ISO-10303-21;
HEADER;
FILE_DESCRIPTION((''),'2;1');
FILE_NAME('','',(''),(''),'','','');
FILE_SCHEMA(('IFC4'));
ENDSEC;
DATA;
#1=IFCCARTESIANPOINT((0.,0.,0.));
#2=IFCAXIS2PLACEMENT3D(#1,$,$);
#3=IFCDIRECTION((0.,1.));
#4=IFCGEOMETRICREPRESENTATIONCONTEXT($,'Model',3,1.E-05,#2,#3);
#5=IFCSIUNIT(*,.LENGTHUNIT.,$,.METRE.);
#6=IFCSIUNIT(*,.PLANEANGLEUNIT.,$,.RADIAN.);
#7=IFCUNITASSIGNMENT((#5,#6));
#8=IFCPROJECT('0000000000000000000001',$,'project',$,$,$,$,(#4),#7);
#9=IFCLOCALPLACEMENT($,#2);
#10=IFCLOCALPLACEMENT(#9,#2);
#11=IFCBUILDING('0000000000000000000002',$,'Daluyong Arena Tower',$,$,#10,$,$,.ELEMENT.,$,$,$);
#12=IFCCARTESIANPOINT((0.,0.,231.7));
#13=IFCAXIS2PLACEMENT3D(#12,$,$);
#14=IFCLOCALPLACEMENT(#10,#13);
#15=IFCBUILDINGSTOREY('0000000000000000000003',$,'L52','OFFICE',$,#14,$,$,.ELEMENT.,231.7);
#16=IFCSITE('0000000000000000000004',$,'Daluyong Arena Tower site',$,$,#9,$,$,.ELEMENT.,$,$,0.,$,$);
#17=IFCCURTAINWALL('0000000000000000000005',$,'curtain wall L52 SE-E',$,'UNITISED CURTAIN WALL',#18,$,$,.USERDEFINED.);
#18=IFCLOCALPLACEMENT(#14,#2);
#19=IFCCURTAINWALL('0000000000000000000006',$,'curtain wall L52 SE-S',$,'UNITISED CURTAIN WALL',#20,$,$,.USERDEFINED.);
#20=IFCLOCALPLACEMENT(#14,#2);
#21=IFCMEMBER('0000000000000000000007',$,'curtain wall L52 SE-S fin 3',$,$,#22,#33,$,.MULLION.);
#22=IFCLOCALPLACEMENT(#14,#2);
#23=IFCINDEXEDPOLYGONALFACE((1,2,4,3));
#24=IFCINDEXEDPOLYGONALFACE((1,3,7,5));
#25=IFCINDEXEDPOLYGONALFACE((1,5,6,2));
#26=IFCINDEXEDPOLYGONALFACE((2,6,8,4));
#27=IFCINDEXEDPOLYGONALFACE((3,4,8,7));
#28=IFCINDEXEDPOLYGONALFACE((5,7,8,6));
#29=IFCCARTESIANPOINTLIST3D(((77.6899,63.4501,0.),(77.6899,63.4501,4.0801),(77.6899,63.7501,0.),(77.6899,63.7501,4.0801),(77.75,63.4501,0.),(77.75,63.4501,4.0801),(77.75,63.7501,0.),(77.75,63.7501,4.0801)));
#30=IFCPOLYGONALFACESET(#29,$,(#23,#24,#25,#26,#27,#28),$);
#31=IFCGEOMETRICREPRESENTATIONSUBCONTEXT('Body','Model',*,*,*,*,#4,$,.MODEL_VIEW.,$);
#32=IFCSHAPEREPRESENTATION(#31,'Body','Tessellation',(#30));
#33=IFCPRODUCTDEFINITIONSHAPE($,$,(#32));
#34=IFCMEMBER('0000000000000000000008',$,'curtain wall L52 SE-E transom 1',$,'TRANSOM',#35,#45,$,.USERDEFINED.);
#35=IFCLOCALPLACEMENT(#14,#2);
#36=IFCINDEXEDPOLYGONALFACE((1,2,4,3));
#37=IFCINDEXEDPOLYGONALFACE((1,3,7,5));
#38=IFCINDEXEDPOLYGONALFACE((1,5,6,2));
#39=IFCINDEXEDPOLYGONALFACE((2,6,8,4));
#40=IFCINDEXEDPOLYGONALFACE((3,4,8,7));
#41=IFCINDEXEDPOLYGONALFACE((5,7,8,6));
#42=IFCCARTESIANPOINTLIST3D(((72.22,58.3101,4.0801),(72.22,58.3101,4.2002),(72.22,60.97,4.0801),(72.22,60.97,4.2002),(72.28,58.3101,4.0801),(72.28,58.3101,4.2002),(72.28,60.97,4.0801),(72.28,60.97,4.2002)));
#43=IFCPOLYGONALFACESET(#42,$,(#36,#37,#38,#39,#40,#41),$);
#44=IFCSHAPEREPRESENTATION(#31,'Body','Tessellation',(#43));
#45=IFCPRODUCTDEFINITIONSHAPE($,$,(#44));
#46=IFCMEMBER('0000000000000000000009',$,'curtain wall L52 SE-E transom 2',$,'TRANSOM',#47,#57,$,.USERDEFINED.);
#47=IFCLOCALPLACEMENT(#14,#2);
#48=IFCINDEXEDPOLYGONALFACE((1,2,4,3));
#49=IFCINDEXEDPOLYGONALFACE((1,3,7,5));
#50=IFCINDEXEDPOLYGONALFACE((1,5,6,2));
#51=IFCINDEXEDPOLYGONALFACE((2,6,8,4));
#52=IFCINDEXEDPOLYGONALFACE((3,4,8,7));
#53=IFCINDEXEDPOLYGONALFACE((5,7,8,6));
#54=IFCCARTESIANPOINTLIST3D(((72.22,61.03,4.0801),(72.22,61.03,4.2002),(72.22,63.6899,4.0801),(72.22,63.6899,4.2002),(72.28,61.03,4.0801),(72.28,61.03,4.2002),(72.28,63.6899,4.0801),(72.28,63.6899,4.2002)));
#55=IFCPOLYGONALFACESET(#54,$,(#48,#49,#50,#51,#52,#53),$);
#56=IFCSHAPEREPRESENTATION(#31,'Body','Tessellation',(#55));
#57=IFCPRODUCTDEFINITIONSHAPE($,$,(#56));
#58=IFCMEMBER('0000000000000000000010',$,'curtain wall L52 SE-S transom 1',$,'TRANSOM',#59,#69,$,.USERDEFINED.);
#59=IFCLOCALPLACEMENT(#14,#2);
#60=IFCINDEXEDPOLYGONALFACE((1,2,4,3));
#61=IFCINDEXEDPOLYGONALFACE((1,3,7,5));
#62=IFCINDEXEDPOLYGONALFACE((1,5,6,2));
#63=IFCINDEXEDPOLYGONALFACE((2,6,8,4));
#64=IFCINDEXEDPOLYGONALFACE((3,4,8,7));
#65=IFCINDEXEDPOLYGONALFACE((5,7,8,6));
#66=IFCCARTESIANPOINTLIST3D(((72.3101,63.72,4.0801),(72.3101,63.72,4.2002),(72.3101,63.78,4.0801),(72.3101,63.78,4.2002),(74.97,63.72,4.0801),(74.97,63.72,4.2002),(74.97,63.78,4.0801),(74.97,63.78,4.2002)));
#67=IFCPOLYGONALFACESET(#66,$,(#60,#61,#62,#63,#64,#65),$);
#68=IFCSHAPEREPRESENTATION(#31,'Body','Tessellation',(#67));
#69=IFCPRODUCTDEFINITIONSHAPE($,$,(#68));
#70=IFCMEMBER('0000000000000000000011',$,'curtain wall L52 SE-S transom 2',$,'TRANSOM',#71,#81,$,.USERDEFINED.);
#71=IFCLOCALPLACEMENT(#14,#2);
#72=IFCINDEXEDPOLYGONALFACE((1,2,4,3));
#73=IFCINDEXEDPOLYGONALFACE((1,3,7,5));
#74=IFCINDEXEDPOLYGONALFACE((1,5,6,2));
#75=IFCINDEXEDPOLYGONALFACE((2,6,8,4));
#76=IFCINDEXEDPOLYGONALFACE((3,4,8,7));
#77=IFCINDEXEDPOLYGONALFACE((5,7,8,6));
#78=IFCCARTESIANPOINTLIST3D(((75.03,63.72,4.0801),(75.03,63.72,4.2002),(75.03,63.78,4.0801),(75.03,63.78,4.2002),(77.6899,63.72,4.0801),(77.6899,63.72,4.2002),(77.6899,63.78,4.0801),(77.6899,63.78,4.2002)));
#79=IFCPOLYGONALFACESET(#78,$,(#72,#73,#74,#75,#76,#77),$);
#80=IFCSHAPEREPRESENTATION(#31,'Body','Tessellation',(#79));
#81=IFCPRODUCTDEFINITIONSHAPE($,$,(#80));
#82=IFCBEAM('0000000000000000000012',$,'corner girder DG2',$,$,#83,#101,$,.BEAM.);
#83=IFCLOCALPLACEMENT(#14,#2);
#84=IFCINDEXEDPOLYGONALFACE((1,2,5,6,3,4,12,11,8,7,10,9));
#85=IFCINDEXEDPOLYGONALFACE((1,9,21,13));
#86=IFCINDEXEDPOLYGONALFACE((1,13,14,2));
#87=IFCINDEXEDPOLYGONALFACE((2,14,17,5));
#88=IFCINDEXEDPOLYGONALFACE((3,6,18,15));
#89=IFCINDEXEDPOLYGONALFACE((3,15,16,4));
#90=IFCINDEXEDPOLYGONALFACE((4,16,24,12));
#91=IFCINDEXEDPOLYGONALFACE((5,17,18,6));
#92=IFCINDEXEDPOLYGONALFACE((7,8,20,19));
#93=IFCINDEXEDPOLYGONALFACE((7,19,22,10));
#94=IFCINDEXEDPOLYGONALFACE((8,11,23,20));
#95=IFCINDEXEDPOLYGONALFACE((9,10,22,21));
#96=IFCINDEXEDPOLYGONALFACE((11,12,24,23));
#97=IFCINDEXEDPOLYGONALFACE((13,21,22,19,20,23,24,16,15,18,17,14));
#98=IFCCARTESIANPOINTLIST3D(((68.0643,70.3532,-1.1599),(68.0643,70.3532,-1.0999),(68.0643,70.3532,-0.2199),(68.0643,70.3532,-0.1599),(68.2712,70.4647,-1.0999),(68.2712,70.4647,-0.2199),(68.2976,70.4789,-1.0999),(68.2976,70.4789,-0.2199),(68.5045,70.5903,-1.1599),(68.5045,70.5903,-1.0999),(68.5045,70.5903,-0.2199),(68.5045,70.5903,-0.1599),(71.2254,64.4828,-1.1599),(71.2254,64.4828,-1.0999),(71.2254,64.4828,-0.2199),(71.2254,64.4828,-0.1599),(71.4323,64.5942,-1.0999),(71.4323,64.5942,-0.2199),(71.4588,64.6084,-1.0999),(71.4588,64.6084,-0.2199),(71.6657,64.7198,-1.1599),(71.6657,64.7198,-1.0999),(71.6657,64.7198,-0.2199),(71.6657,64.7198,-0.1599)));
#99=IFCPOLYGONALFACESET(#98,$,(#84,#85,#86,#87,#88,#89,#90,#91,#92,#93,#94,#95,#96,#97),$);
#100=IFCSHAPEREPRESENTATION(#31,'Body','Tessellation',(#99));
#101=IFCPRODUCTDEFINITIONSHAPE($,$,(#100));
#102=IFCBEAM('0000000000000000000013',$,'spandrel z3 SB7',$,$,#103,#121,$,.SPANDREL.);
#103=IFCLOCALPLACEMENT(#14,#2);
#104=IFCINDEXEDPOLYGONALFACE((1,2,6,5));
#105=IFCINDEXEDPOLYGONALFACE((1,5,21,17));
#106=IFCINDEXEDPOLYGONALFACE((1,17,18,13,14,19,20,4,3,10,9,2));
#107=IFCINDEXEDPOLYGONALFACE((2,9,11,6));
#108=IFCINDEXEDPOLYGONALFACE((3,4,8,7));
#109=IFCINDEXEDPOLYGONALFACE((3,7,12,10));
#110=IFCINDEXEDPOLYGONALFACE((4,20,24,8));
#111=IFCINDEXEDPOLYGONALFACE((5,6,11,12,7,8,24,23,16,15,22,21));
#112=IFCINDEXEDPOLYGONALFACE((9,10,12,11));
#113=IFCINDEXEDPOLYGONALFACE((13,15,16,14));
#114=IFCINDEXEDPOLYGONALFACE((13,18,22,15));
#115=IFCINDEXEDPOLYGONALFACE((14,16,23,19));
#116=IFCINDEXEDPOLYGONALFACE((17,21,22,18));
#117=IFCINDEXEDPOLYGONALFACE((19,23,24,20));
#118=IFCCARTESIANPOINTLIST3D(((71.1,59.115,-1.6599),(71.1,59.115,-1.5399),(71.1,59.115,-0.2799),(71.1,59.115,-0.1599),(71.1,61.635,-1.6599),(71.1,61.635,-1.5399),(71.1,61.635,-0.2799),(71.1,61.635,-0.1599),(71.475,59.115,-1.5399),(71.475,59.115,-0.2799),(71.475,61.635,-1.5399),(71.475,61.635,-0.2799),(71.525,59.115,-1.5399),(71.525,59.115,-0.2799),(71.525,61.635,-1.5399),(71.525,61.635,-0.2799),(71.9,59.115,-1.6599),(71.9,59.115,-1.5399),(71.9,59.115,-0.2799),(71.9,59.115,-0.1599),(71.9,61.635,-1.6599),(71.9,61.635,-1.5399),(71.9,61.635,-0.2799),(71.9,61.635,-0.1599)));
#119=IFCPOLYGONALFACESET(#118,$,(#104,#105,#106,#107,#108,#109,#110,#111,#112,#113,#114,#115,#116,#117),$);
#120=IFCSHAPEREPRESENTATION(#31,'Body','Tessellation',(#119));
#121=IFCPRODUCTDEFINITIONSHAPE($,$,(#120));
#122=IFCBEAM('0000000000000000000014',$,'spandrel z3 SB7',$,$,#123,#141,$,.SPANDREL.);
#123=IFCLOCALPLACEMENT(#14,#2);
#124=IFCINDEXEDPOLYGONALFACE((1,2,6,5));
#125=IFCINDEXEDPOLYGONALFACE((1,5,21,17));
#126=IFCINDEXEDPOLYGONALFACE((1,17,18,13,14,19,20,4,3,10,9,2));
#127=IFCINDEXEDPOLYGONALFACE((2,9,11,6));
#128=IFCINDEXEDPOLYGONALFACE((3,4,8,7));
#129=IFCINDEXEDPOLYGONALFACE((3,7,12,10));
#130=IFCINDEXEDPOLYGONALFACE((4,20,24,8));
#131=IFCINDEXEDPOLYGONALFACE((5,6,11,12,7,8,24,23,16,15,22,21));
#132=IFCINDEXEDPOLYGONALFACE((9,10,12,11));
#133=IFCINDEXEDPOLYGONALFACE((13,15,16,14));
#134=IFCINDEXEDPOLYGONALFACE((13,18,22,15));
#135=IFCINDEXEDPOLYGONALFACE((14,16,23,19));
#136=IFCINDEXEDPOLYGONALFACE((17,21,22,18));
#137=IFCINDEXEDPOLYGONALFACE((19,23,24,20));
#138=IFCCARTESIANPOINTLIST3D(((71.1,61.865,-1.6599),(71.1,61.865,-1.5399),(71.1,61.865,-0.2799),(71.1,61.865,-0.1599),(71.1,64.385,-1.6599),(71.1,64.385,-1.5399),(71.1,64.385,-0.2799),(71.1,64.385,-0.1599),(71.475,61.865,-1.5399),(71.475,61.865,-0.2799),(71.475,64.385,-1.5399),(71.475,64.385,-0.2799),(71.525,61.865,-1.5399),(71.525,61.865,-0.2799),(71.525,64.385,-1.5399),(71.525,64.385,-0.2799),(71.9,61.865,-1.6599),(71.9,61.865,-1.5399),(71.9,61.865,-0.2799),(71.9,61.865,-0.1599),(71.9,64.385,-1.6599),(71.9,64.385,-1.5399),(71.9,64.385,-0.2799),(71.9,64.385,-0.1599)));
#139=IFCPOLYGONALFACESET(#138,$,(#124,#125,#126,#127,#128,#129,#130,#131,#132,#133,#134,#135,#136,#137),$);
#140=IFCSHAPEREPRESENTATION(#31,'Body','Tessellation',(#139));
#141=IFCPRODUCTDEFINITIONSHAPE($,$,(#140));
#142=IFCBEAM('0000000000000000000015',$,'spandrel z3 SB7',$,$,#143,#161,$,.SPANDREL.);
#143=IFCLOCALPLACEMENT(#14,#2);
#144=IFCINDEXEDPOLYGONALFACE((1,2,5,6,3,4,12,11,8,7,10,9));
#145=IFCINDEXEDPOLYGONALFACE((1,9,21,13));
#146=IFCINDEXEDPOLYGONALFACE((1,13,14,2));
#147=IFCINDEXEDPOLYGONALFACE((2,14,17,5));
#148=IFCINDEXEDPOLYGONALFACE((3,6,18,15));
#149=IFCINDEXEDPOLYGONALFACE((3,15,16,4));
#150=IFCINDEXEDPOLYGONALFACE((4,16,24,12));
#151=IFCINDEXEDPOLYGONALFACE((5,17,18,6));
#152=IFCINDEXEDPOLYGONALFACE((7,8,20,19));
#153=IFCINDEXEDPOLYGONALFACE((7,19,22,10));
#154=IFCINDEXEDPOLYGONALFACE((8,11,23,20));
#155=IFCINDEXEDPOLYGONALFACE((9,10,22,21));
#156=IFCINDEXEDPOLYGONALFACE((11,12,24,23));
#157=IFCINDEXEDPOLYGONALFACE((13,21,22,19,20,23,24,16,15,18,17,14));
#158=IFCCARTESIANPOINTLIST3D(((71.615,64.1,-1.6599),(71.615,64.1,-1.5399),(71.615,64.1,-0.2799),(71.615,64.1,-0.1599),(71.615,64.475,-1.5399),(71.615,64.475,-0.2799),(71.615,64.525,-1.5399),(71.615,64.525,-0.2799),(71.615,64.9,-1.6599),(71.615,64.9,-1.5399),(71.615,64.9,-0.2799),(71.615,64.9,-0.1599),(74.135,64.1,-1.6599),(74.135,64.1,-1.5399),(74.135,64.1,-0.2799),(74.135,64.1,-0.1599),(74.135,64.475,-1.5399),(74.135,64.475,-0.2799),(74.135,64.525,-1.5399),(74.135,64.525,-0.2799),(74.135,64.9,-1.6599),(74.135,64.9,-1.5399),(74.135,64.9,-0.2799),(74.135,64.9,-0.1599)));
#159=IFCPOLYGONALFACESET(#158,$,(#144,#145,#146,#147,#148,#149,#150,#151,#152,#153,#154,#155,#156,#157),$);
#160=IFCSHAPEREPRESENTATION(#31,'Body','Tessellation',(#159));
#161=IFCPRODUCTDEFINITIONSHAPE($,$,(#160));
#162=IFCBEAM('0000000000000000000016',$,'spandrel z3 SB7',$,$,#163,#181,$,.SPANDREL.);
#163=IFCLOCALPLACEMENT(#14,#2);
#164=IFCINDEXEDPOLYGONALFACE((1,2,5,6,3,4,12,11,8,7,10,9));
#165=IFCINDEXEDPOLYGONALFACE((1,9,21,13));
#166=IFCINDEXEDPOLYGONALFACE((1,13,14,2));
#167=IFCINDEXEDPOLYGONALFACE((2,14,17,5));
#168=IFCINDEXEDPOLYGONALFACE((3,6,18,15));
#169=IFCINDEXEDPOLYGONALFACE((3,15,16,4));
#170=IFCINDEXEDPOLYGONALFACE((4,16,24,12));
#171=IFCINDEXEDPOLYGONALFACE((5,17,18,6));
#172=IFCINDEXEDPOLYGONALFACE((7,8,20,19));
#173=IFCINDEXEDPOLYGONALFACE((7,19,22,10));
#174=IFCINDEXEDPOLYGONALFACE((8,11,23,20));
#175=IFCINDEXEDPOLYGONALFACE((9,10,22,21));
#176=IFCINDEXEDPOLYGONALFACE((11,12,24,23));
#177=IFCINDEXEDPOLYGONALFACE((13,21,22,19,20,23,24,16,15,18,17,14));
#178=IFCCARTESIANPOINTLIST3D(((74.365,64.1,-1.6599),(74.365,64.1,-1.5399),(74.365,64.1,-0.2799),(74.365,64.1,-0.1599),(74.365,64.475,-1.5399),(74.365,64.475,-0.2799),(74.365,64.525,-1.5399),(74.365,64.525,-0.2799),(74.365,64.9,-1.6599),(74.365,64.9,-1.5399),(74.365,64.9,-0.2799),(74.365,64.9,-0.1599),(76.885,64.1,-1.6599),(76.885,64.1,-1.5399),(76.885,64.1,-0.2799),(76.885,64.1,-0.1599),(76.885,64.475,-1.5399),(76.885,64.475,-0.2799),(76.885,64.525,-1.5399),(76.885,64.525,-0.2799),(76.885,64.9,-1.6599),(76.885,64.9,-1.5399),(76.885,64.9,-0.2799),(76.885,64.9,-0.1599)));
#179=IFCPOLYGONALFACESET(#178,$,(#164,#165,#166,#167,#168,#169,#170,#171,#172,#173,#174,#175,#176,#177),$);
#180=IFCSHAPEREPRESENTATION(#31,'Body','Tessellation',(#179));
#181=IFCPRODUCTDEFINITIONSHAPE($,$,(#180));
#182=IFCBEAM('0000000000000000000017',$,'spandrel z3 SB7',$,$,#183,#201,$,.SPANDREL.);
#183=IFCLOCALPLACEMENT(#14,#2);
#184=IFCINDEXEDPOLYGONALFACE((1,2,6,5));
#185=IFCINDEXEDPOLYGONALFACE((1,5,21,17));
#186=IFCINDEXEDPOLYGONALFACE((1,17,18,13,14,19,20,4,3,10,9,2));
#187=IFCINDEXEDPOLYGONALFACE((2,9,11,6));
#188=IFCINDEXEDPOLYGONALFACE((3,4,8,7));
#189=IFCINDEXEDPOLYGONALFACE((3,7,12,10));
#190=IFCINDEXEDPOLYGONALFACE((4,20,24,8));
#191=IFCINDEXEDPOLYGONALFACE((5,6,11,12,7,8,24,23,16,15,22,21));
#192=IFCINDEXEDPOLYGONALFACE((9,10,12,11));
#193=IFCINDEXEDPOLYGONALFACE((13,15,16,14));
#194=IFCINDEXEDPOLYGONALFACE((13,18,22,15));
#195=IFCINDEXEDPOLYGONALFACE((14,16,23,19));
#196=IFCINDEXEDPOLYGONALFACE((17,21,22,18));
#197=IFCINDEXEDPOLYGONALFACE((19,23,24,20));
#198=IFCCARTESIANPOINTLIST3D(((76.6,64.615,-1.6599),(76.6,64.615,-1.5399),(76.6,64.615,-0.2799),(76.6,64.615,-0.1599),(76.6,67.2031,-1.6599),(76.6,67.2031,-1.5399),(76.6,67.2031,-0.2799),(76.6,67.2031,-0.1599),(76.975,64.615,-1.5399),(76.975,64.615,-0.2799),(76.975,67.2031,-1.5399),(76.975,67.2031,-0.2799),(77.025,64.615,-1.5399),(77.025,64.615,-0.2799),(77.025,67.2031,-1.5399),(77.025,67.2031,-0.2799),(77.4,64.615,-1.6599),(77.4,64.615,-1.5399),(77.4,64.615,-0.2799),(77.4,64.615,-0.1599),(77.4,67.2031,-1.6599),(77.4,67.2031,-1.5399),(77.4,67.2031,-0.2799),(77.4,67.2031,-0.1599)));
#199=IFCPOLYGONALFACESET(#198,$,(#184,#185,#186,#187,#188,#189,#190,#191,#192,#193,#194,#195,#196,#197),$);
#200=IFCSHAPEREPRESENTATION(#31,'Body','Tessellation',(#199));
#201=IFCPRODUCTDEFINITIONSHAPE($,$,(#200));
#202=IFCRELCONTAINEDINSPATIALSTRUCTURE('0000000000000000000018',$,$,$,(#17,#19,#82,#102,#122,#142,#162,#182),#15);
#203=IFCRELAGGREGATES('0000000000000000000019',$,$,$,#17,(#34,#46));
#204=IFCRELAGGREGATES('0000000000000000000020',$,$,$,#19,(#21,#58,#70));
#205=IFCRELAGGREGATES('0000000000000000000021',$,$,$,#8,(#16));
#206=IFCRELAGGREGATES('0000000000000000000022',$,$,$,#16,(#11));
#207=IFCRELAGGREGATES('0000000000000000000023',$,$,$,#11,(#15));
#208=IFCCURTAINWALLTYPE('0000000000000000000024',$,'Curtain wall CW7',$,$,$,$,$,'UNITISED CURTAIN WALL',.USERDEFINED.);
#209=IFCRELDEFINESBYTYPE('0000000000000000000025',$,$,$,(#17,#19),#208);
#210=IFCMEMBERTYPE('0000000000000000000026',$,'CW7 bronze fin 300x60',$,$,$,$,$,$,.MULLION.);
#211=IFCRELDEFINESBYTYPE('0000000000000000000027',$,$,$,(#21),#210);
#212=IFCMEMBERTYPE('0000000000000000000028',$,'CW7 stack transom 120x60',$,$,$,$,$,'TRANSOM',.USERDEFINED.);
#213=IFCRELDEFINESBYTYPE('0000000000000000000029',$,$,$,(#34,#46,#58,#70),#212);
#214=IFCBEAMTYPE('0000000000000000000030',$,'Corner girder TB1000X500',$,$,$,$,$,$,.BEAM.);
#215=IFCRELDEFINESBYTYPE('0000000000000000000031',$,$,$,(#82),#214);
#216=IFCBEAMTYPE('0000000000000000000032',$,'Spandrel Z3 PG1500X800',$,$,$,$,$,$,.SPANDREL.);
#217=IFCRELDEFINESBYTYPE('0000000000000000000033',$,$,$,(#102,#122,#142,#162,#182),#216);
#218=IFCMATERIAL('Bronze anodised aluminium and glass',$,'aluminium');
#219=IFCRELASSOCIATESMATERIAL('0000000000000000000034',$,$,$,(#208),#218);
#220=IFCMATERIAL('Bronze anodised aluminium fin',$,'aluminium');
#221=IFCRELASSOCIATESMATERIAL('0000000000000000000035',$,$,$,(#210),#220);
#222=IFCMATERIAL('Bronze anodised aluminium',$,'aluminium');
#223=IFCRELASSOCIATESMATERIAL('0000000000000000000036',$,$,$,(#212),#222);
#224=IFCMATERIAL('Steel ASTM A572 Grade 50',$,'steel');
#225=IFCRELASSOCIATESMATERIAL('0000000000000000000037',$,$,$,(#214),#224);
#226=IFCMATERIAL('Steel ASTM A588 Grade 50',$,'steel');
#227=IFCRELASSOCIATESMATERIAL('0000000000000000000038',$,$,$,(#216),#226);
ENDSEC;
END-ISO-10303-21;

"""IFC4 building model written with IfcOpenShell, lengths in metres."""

from ifc_helpers import new_model, si_unit, direction, frame, origin, origin_2d, place, context, subcontext, project, spatial, rectangle, i_section, extrude, material, material_profile, profile_set, type_object, element, aggregate, save


model = new_model("IFC4")

# Units and contexts
model_context = context("Model", 3, precision=1e-05, world=origin(), true_north=direction((0.0, 1.0)))
body_context = subcontext(model_context, "Body", "Model", "MODEL_VIEW")
ifc_project = project(units=[si_unit("LENGTHUNIT", "METRE"), si_unit("PLANEANGLEUNIT", "RADIAN")], contexts=[model_context])

# Site, building, storey
site_placement = place(None, origin())
site = spatial("IfcSite", under=ifc_project, at=site_placement, Name="Daluyong Arena Tower site", CompositionType="ELEMENT", RefElevation=0.0)
building_placement = place(site_placement, origin())
building = spatial("IfcBuilding", under=site, at=building_placement, Name="Daluyong Arena Tower", CompositionType="ELEMENT")
storey_placement = place(building_placement, frame((0.0, 0.0, 231.7)))
storey = spatial("IfcBuildingStorey", under=building, at=storey_placement, Name="L52", Description="OFFICE", CompositionType="ELEMENT", Elevation=231.7)

# Curtain walls, member
ifc_material_1 = material(Name="Bronze anodised aluminium and glass", Category="aluminium")
curtain_wall_type_1 = type_object("IfcCurtainWallType", Name="Curtain wall CW7", ElementType="UNITISED CURTAIN WALL", PredefinedType="USERDEFINED", material=ifc_material_1)
curtain_wall_1_placement = place(storey_placement, origin())
curtain_wall_1 = element("IfcCurtainWall", 1, at=curtain_wall_1_placement, inside=storey, type_object=curtain_wall_type_1, Name="curtain wall L52 SE-E", ObjectType="UNITISED CURTAIN WALL", PredefinedType="USERDEFINED")
ifc_material_2 = material(Name="Bronze anodised aluminium fin", Category="aluminium")
ifc_material_profile_1 = material_profile(ifc_material_2, rectangle(XDim=0.3, YDim=0.0601, at=origin_2d()))
ifc_profile_set_1 = profile_set([ifc_material_profile_1], Name="Bronze anodised aluminium fin")
member_type_1 = type_object("IfcMemberType", Name="CW7 bronze fin 300x60", PredefinedType="MULLION", material=ifc_profile_set_1)
curtain_wall_2_placement = place(storey_placement, origin())
curtain_wall_2 = element("IfcCurtainWall", 2, at=curtain_wall_2_placement, inside=storey, type_object=curtain_wall_type_1, Name="curtain wall L52 SE-S", ObjectType="UNITISED CURTAIN WALL", PredefinedType="USERDEFINED")
member_1_placement = place(storey_placement, frame((77.72, 63.6001, 0.0), z_axis=(0.0, 0.0, 1.0), x_axis=(0.0, 1.0, 0.0)))
member_1 = element("IfcMember", 3, at=member_1_placement, type_object=member_type_1, Name="curtain wall L52 SE-S fin 3", PredefinedType="MULLION", context=body_context, shape_type="SweptSolid", body=[
    extrude(rectangle(XDim=0.3, YDim=0.0601, at=origin_2d()), origin(), (0.0, 0.0, 1.0), 4.0801),
])

# Members
ifc_material_3 = material(Name="Bronze anodised aluminium", Category="aluminium")
ifc_material_profile_2 = material_profile(ifc_material_3, rectangle(XDim=0.0601, YDim=0.1201, at=origin_2d()))
ifc_profile_set_2 = profile_set([ifc_material_profile_2], Name="Bronze anodised aluminium")
member_type_2 = type_object("IfcMemberType", Name="CW7 stack transom 120x60", ElementType="TRANSOM", PredefinedType="USERDEFINED", material=ifc_profile_set_2)
member_2_placement = place(storey_placement, frame((72.25, 58.3101, 4.1401), z_axis=(0.0, 1.0, 0.0), x_axis=(-1.0, 0.0, 0.0)))
member_2 = element("IfcMember", 4, at=member_2_placement, type_object=member_type_2, Name="curtain wall L52 SE-E transom 1", ObjectType="TRANSOM", PredefinedType="USERDEFINED", context=body_context, shape_type="SweptSolid", body=[
    extrude(rectangle(XDim=0.0601, YDim=0.1201, at=origin_2d()), origin(), (0.0, 0.0, 1.0), 2.6599),
])
member_3_placement = place(storey_placement, frame((72.25, 61.03, 4.1401), z_axis=(0.0, 1.0, 0.0), x_axis=(-1.0, 0.0, 0.0)))
member_3 = element("IfcMember", 5, at=member_3_placement, type_object=member_type_2, Name="curtain wall L52 SE-E transom 2", ObjectType="TRANSOM", PredefinedType="USERDEFINED", context=body_context, shape_type="SweptSolid", body=[
    extrude(rectangle(XDim=0.0601, YDim=0.1201, at=origin_2d()), origin(), (0.0, 0.0, 1.0), 2.6599),
])
member_4_placement = place(storey_placement, frame((72.3101, 63.75, 4.1401), z_axis=(1.0, 0.0, 0.0), x_axis=(0.0, 1.0, 0.0)))
member_4 = element("IfcMember", 6, at=member_4_placement, type_object=member_type_2, Name="curtain wall L52 SE-S transom 1", ObjectType="TRANSOM", PredefinedType="USERDEFINED", context=body_context, shape_type="SweptSolid", body=[
    extrude(rectangle(XDim=0.0601, YDim=0.1201, at=origin_2d()), origin(), (0.0, 0.0, 1.0), 2.6599),
])
member_5_placement = place(storey_placement, frame((75.03, 63.75, 4.1401), z_axis=(1.0, 0.0, 0.0), x_axis=(0.0, 1.0, 0.0)))
member_5 = element("IfcMember", 7, at=member_5_placement, type_object=member_type_2, Name="curtain wall L52 SE-S transom 2", ObjectType="TRANSOM", PredefinedType="USERDEFINED", context=body_context, shape_type="SweptSolid", body=[
    extrude(rectangle(XDim=0.0601, YDim=0.1201, at=origin_2d()), origin(), (0.0, 0.0, 1.0), 2.6599),
])

# Beams
ifc_material_4 = material(Name="Steel ASTM A572 Grade 50", Category="steel")
ifc_material_profile_3 = material_profile(ifc_material_4, i_section(OverallWidth=0.5, OverallDepth=1.0, WebThickness=0.03, FlangeThickness=0.06, at=origin_2d()))
ifc_profile_set_3 = profile_set([ifc_material_profile_3], Name="Steel ASTM A572 Grade 50")
beam_type_1 = type_object("IfcBeamType", Name="Corner girder TB1000X500", PredefinedType="BEAM", material=ifc_profile_set_3)
beam_1_placement = place(storey_placement, frame((71.4456, 64.6013, -0.6599), z_axis=(-0.474119, 0.880461, 0.0), x_axis=(-0.880461, -0.474119, 0.0)))
element("IfcBeam", 8, at=beam_1_placement, inside=storey, type_object=beam_type_1, Name="corner girder DG2", PredefinedType="BEAM", context=body_context, shape_type="SweptSolid", body=[
    extrude(i_section(OverallWidth=0.5, OverallDepth=1.0, WebThickness=0.03, FlangeThickness=0.06, at=origin_2d()), origin(), (0.0, 0.0, 1.0), 6.6675),
])
ifc_material_5 = material(Name="Steel ASTM A588 Grade 50", Category="steel")
ifc_material_profile_4 = material_profile(ifc_material_5, i_section(OverallWidth=0.8, OverallDepth=1.5, WebThickness=0.05, FlangeThickness=0.12, at=origin_2d()))
ifc_profile_set_4 = profile_set([ifc_material_profile_4], Name="Steel ASTM A588 Grade 50")
beam_type_2 = type_object("IfcBeamType", Name="Spandrel Z3 PG1500X800", PredefinedType="SPANDREL", material=ifc_profile_set_4)
for number, where, z_axis, x_axis, name in (
    (9, (71.5, 59.115, -0.9099), (0.0, 1.0, 0.0), (-1.0, 0.0, 0.0), "spandrel z3 SB7"),
    (10, (71.5, 61.865, -0.9099), (0.0, 1.0, 0.0), (-1.0, 0.0, 0.0), "spandrel z3 SB7"),
    (11, (71.615, 64.5, -0.9099), (1.0, 0.0, 0.0), (0.0, 1.0, 0.0), "spandrel z3 SB7"),
    (12, (74.365, 64.5, -0.9099), (1.0, 0.0, 0.0), (0.0, 1.0, 0.0), "spandrel z3 SB7"),
):
    element("IfcBeam", number, at=place(storey_placement, frame(where, z_axis=z_axis, x_axis=x_axis)), inside=storey, type_object=beam_type_2, Name=name, PredefinedType="SPANDREL", context=body_context, shape_type="SweptSolid", body=[
        extrude(i_section(OverallWidth=0.8, OverallDepth=1.5, WebThickness=0.05, FlangeThickness=0.12, at=origin_2d()), origin(), (0.0, 0.0, 1.0), 2.52),
    ])
beam_2_placement = place(storey_placement, frame((77.0, 64.615, -0.9099), z_axis=(0.0, 1.0, 0.0), x_axis=(-1.0, 0.0, 0.0)))
element("IfcBeam", 13, at=beam_2_placement, inside=storey, type_object=beam_type_2, Name="spandrel z3 SB7", PredefinedType="SPANDREL", context=body_context, shape_type="SweptSolid", body=[
    extrude(i_section(OverallWidth=0.8, OverallDepth=1.5, WebThickness=0.05, FlangeThickness=0.12, at=origin_2d()), origin(), (0.0, 0.0, 1.0), 2.5881),
])

aggregate(curtain_wall_1, [member_2, member_3])
aggregate(curtain_wall_2, [member_1, member_4, member_5])

save(model, "model.ifc")
